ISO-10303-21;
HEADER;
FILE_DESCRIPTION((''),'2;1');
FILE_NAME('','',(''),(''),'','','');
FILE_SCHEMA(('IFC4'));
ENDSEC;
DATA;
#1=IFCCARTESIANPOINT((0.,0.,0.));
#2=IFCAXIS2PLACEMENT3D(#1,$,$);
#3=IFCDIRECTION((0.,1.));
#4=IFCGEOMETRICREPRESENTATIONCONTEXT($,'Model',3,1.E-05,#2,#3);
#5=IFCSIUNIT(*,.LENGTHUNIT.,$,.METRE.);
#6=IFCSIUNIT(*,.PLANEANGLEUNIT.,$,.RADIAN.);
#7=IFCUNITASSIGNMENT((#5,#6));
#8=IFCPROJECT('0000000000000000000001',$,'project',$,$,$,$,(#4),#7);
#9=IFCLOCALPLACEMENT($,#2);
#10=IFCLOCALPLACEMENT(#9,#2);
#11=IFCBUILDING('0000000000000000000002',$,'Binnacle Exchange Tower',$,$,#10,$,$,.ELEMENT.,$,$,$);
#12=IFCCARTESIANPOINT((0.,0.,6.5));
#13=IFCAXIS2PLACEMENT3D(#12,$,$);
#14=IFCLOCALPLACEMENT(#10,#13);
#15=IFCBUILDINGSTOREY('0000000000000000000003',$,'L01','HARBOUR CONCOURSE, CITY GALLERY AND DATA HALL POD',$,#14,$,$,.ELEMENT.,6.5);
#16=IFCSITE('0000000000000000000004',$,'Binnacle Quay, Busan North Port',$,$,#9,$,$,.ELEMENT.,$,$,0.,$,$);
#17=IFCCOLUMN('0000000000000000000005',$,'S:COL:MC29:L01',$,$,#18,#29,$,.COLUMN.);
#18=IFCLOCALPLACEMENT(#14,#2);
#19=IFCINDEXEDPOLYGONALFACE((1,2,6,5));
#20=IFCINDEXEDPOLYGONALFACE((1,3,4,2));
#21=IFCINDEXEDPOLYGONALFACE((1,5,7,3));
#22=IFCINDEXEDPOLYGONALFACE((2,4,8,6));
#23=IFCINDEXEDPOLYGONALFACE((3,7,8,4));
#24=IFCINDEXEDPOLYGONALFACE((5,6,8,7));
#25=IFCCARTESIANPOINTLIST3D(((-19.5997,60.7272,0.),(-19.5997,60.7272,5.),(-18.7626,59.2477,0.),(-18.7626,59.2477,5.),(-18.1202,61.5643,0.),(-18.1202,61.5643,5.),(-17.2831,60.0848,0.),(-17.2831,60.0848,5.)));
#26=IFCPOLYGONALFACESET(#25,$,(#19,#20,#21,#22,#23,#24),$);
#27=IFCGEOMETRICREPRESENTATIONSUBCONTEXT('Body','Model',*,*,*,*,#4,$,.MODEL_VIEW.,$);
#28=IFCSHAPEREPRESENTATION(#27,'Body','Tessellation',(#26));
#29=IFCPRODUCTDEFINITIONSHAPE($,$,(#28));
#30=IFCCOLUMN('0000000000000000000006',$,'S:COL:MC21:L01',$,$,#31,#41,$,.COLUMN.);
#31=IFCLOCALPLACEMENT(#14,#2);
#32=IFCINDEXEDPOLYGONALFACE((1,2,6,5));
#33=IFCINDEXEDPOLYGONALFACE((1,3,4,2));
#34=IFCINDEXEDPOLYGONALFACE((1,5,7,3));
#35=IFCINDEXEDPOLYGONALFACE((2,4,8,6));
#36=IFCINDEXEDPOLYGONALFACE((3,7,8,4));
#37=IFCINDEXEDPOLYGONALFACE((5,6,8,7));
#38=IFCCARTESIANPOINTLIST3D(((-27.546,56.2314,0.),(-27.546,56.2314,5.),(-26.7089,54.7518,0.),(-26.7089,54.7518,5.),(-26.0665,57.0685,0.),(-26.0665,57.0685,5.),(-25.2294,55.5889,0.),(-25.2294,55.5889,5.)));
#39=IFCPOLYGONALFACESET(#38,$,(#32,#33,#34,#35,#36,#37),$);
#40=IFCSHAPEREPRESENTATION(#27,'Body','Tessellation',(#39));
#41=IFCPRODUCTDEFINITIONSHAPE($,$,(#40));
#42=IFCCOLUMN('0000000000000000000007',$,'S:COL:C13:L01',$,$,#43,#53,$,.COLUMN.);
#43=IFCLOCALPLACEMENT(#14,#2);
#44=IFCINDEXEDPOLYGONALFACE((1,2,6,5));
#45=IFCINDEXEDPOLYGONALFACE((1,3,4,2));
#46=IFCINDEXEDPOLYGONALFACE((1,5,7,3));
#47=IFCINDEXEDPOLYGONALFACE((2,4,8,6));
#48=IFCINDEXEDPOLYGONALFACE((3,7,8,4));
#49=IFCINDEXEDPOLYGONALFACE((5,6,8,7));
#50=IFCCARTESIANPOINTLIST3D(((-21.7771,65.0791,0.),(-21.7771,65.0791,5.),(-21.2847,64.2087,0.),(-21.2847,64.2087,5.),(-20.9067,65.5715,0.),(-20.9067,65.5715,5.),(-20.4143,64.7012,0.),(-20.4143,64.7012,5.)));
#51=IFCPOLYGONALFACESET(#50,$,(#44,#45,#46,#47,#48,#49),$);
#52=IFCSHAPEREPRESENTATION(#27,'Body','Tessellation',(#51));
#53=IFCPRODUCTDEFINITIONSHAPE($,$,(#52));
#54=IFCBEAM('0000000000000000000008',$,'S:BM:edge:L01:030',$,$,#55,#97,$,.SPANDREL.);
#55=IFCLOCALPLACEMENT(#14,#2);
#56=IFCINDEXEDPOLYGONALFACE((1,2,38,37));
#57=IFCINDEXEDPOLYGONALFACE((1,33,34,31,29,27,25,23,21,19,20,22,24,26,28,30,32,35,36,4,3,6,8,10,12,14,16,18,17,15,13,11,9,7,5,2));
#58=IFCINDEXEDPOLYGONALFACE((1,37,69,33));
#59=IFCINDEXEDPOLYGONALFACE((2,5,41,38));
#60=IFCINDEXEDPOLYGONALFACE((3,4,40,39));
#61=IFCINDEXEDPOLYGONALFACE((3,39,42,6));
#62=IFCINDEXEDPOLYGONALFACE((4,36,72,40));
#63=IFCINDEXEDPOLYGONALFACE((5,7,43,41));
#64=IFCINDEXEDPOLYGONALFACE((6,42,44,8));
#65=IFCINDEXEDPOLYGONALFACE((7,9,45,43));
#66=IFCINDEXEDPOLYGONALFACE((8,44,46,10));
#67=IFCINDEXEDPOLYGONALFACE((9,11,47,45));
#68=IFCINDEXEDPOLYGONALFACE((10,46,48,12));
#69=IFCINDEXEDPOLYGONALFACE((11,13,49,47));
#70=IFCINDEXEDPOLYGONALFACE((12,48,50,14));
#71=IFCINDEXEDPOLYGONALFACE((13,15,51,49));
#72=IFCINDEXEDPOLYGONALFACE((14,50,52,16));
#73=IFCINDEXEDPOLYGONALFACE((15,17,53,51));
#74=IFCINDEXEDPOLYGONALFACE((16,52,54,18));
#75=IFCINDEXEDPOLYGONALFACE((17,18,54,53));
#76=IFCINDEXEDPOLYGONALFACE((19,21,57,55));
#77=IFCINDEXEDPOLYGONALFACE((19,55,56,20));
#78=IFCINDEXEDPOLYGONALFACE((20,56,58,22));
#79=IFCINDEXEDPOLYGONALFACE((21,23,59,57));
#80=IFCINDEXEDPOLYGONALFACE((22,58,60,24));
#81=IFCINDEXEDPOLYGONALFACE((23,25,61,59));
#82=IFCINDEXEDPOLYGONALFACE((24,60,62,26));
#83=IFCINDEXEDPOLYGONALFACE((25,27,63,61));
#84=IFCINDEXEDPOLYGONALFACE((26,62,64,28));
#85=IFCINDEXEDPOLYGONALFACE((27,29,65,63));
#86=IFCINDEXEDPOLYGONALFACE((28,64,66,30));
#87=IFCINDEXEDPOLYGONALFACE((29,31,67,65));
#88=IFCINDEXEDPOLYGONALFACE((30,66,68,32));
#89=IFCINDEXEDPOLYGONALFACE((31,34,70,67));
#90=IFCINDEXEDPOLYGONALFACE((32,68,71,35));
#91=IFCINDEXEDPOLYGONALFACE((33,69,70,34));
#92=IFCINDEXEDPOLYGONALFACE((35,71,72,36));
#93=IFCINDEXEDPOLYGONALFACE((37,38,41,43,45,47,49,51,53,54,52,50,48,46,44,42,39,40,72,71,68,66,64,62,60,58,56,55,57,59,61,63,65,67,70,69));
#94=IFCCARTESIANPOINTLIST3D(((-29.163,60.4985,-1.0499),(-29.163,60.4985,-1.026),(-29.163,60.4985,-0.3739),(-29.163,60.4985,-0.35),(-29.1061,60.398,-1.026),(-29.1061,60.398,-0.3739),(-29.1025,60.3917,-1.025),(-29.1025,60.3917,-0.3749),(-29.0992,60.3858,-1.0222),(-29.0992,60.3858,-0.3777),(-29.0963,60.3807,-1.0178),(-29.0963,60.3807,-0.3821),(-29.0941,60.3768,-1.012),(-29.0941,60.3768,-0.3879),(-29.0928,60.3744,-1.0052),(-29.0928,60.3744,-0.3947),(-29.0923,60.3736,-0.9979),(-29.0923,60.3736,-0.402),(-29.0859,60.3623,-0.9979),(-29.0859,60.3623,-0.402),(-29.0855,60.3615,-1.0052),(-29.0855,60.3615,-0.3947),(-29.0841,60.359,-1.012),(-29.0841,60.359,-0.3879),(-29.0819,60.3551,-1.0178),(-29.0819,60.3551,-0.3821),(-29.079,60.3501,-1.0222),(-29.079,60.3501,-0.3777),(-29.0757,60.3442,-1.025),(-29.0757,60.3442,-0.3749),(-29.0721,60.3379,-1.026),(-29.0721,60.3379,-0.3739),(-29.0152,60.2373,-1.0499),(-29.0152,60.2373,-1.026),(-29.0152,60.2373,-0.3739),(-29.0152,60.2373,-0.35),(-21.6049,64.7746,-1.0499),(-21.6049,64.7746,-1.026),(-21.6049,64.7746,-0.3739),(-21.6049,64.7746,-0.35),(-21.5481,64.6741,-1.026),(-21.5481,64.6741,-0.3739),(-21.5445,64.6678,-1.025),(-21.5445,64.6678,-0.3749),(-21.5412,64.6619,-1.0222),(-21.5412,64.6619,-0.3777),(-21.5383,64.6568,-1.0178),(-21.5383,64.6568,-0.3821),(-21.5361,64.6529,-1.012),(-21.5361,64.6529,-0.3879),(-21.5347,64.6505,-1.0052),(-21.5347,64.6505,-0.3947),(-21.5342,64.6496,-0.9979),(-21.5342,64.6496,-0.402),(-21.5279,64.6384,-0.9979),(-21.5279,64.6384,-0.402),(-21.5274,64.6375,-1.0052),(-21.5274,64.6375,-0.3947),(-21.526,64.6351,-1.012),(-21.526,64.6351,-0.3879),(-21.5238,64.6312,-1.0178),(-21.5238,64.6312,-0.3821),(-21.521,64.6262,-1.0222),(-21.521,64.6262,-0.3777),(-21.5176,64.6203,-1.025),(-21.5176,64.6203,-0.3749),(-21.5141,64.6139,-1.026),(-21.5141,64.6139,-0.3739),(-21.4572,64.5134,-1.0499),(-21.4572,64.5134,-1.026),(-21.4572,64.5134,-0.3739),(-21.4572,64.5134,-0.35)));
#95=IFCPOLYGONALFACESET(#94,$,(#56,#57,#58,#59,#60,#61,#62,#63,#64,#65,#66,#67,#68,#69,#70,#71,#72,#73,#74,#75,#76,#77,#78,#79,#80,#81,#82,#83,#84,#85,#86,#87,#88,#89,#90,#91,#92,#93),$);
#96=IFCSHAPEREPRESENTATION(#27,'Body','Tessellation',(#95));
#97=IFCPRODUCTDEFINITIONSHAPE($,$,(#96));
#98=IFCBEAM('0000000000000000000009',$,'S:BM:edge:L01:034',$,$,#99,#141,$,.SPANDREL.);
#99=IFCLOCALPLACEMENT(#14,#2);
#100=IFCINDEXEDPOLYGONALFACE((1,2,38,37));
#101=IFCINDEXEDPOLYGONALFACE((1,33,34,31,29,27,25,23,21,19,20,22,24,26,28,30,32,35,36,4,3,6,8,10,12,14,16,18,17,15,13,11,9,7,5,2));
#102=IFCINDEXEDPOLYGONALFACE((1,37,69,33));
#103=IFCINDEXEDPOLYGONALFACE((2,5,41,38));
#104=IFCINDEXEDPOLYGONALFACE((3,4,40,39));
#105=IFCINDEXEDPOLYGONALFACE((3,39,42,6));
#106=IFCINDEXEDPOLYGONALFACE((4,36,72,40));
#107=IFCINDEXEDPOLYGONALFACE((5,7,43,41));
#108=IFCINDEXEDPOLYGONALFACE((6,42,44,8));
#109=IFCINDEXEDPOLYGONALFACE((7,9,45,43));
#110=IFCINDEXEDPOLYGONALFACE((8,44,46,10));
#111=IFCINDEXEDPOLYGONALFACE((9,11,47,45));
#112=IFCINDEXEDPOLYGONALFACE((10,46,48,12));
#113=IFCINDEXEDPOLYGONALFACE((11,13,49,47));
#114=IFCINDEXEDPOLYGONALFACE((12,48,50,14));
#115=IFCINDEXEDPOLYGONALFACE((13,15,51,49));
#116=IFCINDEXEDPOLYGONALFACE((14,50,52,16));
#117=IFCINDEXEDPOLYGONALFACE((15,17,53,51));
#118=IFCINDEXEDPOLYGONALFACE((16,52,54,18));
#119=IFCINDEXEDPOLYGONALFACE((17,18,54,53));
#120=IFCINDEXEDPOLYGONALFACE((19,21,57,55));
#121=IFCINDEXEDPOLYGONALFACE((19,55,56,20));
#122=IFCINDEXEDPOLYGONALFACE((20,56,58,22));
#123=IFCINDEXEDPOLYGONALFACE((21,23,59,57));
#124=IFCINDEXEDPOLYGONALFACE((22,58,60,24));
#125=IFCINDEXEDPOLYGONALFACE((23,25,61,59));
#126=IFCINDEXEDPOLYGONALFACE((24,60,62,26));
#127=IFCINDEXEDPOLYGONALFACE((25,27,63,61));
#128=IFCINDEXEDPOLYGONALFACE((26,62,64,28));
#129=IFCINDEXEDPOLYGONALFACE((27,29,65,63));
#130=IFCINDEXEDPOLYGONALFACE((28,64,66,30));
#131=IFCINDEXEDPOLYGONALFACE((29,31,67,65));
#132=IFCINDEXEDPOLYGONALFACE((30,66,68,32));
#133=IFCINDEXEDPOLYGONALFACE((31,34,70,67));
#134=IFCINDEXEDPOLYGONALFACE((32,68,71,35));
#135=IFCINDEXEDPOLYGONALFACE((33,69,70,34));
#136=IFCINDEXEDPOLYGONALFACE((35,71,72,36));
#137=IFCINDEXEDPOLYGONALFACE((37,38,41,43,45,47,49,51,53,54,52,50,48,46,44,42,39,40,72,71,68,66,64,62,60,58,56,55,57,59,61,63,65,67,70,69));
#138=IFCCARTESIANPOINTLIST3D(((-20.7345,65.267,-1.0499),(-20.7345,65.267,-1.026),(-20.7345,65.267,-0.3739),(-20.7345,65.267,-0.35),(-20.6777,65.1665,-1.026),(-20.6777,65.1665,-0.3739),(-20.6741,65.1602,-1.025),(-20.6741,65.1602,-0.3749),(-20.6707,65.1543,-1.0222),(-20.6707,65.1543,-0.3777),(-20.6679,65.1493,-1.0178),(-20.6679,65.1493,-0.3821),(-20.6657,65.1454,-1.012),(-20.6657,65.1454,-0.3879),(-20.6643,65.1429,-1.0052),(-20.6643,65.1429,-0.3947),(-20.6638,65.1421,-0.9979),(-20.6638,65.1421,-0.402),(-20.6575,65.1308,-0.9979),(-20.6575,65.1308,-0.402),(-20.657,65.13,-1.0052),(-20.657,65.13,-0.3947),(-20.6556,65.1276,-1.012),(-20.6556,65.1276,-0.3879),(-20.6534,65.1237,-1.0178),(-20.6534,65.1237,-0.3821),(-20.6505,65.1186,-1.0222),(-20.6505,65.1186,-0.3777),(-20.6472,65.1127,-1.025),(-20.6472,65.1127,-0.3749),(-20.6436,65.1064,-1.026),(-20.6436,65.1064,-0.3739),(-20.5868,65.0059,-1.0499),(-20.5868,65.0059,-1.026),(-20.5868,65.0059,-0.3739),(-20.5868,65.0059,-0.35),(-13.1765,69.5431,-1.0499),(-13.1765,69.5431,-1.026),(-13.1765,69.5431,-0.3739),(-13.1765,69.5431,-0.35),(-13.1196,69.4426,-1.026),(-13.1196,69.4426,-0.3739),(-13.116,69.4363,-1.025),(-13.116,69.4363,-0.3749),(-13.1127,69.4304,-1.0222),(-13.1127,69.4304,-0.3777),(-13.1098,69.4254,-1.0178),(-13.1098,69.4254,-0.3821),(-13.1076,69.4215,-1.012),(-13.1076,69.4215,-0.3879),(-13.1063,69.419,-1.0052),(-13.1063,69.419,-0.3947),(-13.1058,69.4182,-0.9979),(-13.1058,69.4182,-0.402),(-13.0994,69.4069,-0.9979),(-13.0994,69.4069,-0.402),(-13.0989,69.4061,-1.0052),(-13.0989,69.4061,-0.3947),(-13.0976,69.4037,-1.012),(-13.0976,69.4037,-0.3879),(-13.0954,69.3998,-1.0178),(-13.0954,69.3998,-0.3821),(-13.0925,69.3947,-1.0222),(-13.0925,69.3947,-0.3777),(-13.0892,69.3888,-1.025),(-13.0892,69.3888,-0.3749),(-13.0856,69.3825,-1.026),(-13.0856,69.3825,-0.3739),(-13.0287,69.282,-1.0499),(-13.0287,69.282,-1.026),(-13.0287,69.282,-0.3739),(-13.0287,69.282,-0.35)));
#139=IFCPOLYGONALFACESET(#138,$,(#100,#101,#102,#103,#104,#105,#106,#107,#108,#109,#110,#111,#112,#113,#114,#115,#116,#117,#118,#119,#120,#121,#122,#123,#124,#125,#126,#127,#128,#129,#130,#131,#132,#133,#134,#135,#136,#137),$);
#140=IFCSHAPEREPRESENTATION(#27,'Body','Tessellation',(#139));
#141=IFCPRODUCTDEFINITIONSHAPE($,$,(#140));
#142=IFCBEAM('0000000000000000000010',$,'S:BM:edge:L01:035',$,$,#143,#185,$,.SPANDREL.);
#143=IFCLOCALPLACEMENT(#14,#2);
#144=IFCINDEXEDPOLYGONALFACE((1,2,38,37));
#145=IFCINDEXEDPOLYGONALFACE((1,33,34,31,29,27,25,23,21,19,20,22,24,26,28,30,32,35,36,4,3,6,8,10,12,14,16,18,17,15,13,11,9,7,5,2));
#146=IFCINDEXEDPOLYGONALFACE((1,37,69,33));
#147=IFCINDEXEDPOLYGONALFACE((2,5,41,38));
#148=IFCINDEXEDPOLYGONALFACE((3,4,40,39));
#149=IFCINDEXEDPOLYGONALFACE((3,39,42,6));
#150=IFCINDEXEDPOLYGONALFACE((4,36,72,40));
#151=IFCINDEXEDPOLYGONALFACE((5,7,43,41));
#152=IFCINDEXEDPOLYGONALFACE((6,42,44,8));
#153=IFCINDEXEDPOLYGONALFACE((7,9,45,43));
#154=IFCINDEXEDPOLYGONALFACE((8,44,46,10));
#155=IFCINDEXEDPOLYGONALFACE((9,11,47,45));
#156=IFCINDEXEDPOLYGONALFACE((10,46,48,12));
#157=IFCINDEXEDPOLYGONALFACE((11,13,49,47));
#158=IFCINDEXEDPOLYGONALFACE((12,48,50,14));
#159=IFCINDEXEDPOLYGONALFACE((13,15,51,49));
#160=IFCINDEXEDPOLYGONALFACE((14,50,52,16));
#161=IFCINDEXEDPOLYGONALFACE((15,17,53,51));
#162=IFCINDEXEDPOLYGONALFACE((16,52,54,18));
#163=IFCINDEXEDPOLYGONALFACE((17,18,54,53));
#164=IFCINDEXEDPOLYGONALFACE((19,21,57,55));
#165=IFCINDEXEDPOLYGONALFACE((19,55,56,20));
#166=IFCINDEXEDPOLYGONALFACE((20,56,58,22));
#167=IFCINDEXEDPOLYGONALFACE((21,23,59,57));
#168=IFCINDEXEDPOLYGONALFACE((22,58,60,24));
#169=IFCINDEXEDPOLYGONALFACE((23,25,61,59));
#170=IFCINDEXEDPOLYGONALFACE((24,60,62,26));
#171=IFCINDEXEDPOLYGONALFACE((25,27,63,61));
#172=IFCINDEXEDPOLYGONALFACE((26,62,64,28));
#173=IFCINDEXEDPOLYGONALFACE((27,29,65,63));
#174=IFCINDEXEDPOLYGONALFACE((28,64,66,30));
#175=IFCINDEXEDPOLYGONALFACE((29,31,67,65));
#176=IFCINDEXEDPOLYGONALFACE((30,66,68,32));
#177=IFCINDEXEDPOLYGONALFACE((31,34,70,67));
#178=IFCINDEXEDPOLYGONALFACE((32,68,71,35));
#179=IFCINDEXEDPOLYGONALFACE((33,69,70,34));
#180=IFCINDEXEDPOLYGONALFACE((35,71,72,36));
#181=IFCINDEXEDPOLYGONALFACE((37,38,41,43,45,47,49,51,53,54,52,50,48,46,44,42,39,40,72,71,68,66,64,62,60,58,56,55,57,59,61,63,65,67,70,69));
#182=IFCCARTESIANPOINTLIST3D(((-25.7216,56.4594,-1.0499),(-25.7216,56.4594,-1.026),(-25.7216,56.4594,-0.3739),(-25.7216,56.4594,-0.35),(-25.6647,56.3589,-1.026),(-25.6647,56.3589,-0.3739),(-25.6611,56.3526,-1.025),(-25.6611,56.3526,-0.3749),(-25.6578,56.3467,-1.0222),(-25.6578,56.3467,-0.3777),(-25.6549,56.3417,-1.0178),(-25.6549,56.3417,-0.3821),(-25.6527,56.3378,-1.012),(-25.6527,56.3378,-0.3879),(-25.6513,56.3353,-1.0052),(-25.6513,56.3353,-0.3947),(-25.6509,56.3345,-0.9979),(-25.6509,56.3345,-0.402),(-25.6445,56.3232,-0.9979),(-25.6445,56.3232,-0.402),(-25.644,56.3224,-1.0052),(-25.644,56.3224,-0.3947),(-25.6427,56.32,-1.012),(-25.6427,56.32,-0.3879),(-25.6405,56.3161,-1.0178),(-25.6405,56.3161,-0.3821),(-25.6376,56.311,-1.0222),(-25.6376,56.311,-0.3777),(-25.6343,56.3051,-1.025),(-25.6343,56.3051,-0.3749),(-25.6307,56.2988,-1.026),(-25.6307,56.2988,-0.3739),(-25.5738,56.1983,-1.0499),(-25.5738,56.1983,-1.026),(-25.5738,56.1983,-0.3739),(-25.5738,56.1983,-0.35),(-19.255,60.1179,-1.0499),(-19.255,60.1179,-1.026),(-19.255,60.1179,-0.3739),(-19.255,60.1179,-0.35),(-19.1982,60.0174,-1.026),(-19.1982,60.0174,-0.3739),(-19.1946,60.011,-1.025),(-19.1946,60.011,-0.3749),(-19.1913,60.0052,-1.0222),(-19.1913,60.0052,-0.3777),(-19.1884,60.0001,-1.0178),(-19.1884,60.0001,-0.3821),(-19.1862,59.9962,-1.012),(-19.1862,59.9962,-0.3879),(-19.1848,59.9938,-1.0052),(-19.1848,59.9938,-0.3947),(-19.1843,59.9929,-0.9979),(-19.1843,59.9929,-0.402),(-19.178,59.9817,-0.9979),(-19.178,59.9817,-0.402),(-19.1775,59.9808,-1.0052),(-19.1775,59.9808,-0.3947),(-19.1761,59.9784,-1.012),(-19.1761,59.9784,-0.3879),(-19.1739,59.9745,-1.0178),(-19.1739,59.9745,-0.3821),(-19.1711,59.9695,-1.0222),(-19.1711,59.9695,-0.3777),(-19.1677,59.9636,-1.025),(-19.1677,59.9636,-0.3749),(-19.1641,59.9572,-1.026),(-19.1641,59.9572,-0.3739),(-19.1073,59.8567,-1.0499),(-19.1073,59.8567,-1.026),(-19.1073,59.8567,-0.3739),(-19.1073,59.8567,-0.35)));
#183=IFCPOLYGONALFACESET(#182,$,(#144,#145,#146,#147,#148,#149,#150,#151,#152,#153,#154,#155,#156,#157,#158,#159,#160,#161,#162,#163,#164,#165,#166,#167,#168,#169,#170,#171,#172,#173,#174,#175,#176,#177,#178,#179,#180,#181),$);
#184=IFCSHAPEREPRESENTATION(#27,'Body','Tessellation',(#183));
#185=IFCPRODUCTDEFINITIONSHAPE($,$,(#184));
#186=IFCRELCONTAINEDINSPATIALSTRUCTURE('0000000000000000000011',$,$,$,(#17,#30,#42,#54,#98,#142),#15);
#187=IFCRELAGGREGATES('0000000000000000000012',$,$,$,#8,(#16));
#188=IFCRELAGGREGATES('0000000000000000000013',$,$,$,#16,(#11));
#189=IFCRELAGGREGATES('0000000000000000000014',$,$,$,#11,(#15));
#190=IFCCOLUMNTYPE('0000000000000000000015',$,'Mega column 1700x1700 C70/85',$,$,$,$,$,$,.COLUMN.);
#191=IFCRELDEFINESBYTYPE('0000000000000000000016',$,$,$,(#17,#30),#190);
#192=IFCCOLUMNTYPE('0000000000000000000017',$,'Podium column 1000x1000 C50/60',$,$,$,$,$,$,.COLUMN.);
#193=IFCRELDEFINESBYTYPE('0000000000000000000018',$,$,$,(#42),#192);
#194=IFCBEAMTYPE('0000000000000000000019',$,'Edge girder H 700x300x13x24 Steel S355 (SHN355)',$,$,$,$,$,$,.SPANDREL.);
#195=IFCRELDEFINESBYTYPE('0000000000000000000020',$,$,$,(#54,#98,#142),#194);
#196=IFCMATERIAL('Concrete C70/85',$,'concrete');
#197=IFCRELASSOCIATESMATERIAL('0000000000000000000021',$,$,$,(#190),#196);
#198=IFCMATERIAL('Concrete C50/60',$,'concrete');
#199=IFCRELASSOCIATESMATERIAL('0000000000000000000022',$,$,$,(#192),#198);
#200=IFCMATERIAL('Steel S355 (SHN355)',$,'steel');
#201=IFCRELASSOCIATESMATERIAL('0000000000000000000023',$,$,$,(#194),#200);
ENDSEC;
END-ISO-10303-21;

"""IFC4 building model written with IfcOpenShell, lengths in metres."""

from ifc_helpers import new_model, si_unit, direction, frame, origin, origin_2d, place, context, subcontext, project, spatial, rectangle, i_section, extrude, material, material_profile, profile_set, type_object, element, save


model = new_model("IFC4")

# Units and contexts
model_context = context("Model", 3, precision=1e-05, world=origin(), true_north=direction((0.0, 1.0)))
body_context = subcontext(model_context, "Body", "Model", "MODEL_VIEW")
ifc_project = project(units=[si_unit("LENGTHUNIT", "METRE"), si_unit("PLANEANGLEUNIT", "RADIAN")], contexts=[model_context])

# Site, building, storey
site_placement = place(None, origin())
site = spatial("IfcSite", under=ifc_project, at=site_placement, Name="Binnacle Quay, Busan North Port", CompositionType="ELEMENT", RefElevation=0.0)
building_placement = place(site_placement, origin())
building = spatial("IfcBuilding", under=site, at=building_placement, Name="Binnacle Exchange Tower", CompositionType="ELEMENT")
storey_placement = place(building_placement, frame((0.0, 0.0, 6.5)))
storey = spatial("IfcBuildingStorey", under=building, at=storey_placement, Name="L01", Description="HARBOUR CONCOURSE, CITY GALLERY AND DATA HALL POD", CompositionType="ELEMENT", Elevation=6.5)

# Columns
ifc_material_1 = material(Name="Concrete C70/85", Category="concrete")
ifc_material_profile_1 = material_profile(ifc_material_1, rectangle(XDim=1.7, YDim=1.7, at=origin_2d()), Name="Mega column 1700x1700 C70/85")
ifc_profile_set_1 = profile_set([ifc_material_profile_1], Name="Concrete C70/85")
column_type_1 = type_object("IfcColumnType", Name="Mega column 1700x1700 C70/85", PredefinedType="COLUMN", material=ifc_profile_set_1)
for number, where, z_axis, x_axis, name in (
    (1, (-18.4414, 60.406, 0.0), (0.0, 0.0, 1.0), (-0.870356, -0.492424, 0.0), "S:COL:MC29:L01"),
    (2, (-26.3877, 55.9102, 0.0), (0.0, 0.0, 1.0), (-0.870356, -0.492424, 0.0), "S:COL:MC21:L01"),
):
    element("IfcColumn", number, at=place(storey_placement, frame(where, z_axis=z_axis, x_axis=x_axis)), inside=storey, type_object=column_type_1, Name=name, PredefinedType="COLUMN", context=body_context, shape_type="SweptSolid", body=[
        extrude(rectangle(XDim=1.7, YDim=1.7, at=origin_2d()), origin(), (0.0, 0.0, 1.0), 5.0),
    ])
ifc_material_2 = material(Name="Concrete C50/60", Category="concrete")
ifc_material_profile_2 = material_profile(ifc_material_2, rectangle(XDim=1.0, YDim=1.0, at=origin_2d()), Name="Podium column 1000x1000 C50/60")
ifc_profile_set_2 = profile_set([ifc_material_profile_2], Name="Concrete C50/60")
column_type_2 = type_object("IfcColumnType", Name="Podium column 1000x1000 C50/60", PredefinedType="COLUMN", material=ifc_profile_set_2)
column_placement = place(storey_placement, frame((-21.0957, 64.8901, 0.0), z_axis=(0.0, 0.0, 1.0), x_axis=(-0.870356, -0.492424, 0.0)))
element("IfcColumn", 3, at=column_placement, inside=storey, type_object=column_type_2, Name="S:COL:C13:L01", PredefinedType="COLUMN", context=body_context, shape_type="SweptSolid", body=[
    extrude(rectangle(XDim=1.0, YDim=1.0, at=origin_2d()), origin(), (0.0, 0.0, 1.0), 5.0),
])

# Beams
ifc_material_3 = material(Name="Steel S355 (SHN355)", Category="steel")
ifc_material_profile_3 = material_profile(ifc_material_3, i_section(OverallWidth=0.3, OverallDepth=0.7, WebThickness=0.0129, FlangeThickness=0.0239, FilletRadius=0.0281, at=origin_2d()), Name="H 700x300x13x24")
ifc_profile_set_3 = profile_set([ifc_material_profile_3], Name="Steel S355 (SHN355)")
beam_type_1 = type_object("IfcBeamType", Name="Edge girder H 700x300x13x24 Steel S355 (SHN355)", PredefinedType="SPANDREL", material=ifc_profile_set_3)
for number, where, z_axis, x_axis, name in (
    (4, (-29.0891, 60.3679, -0.7), (0.870358, 0.492419, 0.0), (-0.492419, 0.870358, 0.0), "S:BM:edge:L01:030"),
    (5, (-20.6606, 65.1365, -0.7), (0.870358, 0.492419, 0.0), (-0.492419, 0.870358, 0.0), "S:BM:edge:L01:034"),
):
    element("IfcBeam", number, at=place(storey_placement, frame(where, z_axis=z_axis, x_axis=x_axis)), inside=storey, type_object=beam_type_1, Name=name, PredefinedType="SPANDREL", context=body_context, shape_type="SweptSolid", body=[
        extrude(i_section(OverallWidth=0.3, OverallDepth=0.7, WebThickness=0.0129, FlangeThickness=0.0239, FilletRadius=0.0281, at=origin_2d()), origin(), (0.0, 0.0, 1.0), 8.6838),
    ])
beam_1_placement = place(storey_placement, frame((-19.1812, 59.9873, -0.7), z_axis=(-0.870364, -0.492408, 0.0), x_axis=(0.492408, -0.870364, 0.0)))
element("IfcBeam", 6, at=beam_1_placement, inside=storey, type_object=beam_type_1, Name="S:BM:edge:L01:035", PredefinedType="SPANDREL", context=body_context, shape_type="SweptSolid", body=[
    extrude(i_section(OverallWidth=0.3, OverallDepth=0.7, WebThickness=0.0129, FlangeThickness=0.0239, FilletRadius=0.0281, at=origin_2d()), origin(), (0.0, 0.0, 1.0), 7.4297),
])

save(model, "model.ifc")
